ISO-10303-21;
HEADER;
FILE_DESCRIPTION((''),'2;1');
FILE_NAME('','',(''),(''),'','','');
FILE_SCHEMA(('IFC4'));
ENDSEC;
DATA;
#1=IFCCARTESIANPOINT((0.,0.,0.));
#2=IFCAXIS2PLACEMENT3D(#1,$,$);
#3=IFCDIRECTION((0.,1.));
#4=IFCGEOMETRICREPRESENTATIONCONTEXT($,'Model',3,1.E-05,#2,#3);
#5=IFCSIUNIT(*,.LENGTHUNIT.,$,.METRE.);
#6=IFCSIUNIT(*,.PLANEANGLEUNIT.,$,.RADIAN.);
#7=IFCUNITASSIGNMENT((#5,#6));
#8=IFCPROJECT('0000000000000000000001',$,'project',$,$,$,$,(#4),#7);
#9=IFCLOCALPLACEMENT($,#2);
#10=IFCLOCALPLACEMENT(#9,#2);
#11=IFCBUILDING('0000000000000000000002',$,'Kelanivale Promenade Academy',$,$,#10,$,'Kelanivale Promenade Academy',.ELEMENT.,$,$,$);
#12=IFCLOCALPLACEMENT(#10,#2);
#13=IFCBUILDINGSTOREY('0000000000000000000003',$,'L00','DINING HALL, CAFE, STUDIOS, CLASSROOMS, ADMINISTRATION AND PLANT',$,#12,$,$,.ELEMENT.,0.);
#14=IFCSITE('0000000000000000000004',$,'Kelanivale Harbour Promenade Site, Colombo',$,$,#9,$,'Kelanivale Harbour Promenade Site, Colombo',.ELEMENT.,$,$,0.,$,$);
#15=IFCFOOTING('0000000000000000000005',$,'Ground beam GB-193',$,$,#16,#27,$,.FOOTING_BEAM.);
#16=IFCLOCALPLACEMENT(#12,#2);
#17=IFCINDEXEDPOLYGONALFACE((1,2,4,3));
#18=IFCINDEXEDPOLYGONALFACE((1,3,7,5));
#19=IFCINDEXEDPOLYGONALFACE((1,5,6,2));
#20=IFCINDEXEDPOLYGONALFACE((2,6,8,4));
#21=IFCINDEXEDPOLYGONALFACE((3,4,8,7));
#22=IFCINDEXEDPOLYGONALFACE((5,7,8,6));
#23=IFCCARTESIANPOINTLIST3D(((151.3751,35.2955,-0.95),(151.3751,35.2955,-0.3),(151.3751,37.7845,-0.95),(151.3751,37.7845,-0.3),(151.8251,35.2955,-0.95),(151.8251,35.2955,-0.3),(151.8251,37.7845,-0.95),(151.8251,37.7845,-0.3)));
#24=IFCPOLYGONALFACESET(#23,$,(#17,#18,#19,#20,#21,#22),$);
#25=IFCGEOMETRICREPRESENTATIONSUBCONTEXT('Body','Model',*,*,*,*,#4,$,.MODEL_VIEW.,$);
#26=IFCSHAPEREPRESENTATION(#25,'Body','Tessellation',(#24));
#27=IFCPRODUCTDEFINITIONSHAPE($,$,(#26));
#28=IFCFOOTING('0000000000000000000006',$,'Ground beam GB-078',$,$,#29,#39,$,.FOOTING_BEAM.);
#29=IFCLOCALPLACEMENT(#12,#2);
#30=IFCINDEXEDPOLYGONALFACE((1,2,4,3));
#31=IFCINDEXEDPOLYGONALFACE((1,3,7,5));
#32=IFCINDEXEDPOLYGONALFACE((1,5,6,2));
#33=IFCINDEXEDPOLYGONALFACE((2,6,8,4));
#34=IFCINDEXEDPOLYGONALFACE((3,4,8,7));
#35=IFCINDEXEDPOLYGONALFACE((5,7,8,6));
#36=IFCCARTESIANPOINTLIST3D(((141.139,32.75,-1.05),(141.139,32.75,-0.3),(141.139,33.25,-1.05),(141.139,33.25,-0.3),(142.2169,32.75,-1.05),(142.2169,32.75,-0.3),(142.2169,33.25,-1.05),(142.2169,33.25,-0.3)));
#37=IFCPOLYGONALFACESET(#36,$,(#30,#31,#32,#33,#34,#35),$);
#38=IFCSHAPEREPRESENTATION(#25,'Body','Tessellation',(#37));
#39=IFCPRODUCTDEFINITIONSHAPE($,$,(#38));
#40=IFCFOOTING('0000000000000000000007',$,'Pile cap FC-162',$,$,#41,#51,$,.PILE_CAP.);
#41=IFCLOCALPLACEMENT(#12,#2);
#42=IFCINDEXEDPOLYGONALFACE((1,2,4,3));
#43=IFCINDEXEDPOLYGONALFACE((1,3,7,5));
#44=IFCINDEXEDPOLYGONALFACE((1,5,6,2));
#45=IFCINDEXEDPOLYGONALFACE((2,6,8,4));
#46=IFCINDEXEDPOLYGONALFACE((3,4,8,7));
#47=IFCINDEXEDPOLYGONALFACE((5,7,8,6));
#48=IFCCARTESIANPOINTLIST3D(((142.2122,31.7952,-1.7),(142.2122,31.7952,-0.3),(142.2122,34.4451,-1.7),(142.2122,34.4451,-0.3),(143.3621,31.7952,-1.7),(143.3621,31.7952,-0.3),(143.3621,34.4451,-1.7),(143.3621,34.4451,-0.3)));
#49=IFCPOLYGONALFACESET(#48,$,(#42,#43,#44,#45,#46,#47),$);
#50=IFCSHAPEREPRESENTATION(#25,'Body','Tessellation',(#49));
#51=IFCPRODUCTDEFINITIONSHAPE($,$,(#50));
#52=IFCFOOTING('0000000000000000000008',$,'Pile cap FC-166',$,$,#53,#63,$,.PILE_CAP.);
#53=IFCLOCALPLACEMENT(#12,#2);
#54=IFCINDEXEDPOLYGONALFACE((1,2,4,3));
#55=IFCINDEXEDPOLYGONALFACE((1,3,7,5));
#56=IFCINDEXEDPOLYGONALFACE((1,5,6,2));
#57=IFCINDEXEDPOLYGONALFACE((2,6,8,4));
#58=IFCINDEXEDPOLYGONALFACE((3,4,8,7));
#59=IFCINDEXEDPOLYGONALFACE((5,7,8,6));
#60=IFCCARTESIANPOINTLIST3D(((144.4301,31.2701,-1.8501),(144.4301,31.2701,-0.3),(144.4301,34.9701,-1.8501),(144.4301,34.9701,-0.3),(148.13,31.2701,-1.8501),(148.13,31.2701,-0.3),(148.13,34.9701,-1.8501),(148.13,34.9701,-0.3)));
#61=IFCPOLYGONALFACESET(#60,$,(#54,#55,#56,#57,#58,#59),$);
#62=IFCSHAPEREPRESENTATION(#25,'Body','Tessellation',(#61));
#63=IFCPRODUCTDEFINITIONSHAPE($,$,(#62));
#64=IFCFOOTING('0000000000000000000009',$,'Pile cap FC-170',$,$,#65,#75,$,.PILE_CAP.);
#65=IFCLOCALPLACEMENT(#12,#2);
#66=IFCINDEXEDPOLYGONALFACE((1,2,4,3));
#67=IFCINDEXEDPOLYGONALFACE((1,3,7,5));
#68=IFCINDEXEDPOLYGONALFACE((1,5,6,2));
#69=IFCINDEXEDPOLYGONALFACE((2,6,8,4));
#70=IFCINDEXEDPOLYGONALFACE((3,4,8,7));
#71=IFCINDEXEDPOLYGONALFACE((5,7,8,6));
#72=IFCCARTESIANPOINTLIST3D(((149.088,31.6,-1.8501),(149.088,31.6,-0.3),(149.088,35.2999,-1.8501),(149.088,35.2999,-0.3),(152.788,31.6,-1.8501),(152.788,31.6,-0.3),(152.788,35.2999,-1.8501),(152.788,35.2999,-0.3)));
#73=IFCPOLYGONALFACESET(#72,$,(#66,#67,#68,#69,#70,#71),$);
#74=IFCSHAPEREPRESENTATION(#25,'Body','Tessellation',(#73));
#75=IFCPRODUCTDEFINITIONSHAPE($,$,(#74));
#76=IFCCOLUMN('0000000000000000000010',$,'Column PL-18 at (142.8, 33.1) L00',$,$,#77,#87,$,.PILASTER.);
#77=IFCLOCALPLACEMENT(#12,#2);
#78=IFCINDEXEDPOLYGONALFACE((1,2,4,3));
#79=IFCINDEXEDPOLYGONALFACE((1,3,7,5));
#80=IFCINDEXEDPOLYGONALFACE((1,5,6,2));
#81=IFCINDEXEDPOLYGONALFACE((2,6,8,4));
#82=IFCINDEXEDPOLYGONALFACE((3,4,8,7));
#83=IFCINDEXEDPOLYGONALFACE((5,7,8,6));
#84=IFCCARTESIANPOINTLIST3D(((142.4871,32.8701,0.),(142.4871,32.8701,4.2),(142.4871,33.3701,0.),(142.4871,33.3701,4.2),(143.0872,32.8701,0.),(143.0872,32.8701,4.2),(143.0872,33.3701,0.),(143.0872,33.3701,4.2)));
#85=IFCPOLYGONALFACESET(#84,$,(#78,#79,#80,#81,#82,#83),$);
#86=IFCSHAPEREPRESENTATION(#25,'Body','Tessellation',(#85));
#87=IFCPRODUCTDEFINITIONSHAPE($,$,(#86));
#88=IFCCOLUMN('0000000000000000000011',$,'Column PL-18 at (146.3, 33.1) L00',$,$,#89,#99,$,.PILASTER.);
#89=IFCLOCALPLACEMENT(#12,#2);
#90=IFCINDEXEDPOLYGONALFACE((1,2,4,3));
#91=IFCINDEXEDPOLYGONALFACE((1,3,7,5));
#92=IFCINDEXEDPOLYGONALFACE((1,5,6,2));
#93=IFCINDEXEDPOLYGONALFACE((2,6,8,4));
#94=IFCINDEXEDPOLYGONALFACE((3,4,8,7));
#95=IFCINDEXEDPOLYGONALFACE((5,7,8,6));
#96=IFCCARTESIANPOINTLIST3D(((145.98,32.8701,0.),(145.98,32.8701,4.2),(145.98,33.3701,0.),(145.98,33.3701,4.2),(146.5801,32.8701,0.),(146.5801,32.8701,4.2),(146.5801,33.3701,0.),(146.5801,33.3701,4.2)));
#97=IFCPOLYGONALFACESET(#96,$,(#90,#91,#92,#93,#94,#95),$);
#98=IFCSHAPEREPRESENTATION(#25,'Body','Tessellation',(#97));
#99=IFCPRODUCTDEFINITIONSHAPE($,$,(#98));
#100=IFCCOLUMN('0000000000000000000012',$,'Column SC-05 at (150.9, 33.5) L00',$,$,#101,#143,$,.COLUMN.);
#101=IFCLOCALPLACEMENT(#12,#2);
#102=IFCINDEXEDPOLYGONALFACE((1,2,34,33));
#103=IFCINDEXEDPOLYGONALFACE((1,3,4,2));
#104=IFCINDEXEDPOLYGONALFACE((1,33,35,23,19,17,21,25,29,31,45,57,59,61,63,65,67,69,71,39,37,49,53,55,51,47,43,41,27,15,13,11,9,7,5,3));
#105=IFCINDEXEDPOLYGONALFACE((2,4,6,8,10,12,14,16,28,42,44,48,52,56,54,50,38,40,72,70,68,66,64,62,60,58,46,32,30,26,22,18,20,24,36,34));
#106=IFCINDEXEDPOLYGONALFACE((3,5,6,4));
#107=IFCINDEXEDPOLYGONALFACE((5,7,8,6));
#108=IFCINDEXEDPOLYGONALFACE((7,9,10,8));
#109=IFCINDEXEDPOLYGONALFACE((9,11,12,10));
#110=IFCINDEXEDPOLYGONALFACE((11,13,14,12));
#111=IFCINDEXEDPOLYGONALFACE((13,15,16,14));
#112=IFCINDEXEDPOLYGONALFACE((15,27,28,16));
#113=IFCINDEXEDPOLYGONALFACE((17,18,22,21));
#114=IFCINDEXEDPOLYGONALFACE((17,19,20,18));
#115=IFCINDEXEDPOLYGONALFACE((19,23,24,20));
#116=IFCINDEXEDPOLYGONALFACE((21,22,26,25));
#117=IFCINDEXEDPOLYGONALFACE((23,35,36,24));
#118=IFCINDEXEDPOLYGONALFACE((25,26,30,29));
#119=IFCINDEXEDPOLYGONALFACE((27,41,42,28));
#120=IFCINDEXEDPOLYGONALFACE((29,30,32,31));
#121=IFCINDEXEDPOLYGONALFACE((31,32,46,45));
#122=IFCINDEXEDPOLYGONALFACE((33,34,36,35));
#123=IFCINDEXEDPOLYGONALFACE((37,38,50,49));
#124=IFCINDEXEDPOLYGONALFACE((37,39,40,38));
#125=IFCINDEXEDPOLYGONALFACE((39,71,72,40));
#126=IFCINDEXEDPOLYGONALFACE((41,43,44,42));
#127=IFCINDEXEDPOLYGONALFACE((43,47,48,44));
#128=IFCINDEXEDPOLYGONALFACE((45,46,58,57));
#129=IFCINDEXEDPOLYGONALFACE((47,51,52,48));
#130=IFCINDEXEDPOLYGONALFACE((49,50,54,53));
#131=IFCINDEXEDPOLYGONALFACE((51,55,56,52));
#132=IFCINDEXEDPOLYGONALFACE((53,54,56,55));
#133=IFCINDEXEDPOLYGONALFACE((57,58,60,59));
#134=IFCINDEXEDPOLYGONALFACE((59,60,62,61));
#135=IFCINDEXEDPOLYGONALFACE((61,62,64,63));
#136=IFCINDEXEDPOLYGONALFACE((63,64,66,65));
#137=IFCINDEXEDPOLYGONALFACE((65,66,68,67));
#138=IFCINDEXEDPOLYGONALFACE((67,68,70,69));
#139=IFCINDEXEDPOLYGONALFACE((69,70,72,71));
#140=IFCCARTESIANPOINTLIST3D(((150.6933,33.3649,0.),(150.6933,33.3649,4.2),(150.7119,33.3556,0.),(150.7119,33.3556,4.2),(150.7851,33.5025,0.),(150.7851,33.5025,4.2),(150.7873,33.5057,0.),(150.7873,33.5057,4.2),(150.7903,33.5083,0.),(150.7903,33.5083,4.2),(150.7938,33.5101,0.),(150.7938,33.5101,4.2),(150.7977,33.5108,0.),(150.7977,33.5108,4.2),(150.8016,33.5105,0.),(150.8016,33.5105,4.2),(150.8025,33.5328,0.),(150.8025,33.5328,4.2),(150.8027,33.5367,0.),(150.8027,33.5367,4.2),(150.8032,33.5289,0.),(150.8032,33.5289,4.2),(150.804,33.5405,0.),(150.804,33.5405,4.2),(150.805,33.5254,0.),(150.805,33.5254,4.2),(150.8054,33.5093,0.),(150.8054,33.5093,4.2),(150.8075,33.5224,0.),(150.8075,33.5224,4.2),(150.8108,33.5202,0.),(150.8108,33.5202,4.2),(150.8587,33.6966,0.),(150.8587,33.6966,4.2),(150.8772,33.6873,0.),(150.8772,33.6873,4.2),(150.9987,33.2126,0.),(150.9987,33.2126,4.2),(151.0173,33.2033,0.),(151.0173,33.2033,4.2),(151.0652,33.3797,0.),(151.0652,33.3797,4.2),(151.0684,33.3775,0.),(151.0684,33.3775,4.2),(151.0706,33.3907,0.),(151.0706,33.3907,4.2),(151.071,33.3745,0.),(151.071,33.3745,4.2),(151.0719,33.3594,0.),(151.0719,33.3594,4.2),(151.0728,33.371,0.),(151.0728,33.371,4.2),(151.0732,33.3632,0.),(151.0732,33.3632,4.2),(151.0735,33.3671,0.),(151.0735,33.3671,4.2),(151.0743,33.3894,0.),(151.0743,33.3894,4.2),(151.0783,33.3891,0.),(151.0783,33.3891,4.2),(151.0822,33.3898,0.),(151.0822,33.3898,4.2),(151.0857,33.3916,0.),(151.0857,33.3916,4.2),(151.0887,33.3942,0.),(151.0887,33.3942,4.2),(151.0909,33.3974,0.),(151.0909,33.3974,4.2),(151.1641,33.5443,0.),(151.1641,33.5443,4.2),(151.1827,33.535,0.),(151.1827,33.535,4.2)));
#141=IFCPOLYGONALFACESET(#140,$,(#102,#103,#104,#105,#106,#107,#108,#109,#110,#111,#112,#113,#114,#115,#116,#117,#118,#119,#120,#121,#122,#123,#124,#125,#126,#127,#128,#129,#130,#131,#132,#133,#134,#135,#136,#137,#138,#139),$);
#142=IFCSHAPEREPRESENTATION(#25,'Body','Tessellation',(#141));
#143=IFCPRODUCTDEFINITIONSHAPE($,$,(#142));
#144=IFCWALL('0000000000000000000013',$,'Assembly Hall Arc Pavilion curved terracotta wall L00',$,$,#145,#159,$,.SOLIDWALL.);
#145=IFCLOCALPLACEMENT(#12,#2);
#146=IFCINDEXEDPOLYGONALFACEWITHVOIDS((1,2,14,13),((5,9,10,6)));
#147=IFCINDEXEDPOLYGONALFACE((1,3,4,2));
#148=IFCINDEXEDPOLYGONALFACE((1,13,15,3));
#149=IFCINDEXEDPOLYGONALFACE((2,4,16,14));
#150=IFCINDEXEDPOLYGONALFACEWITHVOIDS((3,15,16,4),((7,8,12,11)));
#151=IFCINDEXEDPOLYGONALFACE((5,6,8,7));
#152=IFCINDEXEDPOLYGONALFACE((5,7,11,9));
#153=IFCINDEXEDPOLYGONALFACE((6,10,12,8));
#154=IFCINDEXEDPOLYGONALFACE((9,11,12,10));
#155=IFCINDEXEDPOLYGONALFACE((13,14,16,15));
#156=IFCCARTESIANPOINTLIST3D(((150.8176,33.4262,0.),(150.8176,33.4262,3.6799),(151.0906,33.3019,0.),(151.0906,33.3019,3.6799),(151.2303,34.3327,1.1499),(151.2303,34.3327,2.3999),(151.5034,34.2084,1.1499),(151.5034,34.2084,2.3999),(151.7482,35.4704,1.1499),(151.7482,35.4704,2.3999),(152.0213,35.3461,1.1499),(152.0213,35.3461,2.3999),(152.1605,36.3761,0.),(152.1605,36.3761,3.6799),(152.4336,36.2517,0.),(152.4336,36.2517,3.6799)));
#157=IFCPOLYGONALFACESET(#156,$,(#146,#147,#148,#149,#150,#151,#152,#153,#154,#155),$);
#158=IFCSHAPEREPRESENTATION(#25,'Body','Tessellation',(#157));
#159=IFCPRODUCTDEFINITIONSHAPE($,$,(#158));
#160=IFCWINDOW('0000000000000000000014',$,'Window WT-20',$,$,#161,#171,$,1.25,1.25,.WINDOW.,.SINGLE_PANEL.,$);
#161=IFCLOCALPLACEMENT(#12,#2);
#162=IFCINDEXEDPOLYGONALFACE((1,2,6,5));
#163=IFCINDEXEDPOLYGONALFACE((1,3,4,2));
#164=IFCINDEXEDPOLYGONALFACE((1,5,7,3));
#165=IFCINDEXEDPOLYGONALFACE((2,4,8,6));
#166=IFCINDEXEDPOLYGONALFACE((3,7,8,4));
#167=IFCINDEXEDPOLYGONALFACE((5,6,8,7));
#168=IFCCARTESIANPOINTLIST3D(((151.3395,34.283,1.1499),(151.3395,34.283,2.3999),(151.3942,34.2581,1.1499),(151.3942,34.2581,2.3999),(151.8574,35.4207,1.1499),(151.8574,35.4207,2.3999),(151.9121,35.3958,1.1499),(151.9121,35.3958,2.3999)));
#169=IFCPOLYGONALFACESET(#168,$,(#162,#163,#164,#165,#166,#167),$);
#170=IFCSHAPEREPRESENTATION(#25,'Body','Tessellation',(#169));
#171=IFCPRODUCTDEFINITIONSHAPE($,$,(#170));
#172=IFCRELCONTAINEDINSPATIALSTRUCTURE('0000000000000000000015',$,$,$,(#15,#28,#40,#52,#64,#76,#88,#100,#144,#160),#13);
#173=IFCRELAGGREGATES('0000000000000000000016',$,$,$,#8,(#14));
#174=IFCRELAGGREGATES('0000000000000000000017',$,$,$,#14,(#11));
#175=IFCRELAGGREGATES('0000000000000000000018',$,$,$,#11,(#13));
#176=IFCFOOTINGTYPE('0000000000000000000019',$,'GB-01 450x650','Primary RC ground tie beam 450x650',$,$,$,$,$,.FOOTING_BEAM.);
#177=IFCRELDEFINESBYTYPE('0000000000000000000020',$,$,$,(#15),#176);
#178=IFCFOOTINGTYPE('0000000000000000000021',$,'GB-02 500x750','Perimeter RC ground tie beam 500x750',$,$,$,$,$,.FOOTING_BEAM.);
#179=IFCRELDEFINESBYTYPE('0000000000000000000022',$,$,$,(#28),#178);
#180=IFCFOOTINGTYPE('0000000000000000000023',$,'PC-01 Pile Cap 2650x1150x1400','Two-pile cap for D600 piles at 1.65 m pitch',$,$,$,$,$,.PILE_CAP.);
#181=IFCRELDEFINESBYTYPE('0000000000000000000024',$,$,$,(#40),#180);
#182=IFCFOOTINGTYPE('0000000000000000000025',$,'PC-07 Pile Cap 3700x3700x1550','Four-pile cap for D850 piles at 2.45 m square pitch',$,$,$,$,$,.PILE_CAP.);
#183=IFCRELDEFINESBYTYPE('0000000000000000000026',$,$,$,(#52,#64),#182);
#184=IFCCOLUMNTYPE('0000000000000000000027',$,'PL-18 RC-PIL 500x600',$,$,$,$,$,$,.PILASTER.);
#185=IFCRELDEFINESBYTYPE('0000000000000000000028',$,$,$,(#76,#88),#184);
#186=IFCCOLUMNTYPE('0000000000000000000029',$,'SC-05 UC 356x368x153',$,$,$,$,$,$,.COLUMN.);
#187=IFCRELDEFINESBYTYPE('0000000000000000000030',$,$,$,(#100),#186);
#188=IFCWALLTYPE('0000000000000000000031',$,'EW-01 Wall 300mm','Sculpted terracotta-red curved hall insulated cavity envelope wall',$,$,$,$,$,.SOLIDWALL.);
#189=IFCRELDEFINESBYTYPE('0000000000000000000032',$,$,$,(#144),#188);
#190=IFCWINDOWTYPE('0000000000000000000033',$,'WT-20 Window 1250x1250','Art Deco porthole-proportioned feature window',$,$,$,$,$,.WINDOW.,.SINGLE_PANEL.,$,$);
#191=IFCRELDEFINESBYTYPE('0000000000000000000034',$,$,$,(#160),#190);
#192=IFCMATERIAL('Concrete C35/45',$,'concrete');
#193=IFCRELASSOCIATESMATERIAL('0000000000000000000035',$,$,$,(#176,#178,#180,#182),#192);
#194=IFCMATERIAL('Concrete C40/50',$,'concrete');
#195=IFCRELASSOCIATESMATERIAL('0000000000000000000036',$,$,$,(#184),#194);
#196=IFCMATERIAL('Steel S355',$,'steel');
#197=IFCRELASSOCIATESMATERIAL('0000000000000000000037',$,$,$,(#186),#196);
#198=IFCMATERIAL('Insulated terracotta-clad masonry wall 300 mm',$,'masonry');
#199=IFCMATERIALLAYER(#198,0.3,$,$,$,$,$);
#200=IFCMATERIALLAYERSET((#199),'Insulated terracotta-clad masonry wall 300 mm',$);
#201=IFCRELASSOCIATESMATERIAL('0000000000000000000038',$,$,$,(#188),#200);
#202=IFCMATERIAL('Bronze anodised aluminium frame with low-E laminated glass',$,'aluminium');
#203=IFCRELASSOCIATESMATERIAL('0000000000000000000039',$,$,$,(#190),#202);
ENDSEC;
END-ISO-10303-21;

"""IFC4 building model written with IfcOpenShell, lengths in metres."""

from ifc_helpers import new_model, si_unit, direction, frame, frame_2d, origin, origin_2d, place, context, subcontext, project, spatial, rectangle, i_section, extrude, material, layer, layer_set, material_profile, profile_set, type_object, element, fill, save


model = new_model("IFC4")

# Units and contexts
model_context = context("Model", 3, precision=1e-05, world=origin(), true_north=direction((0.0, 1.0)))
body_context = subcontext(model_context, "Body", "Model", "MODEL_VIEW")
ifc_project = project(units=[si_unit("LENGTHUNIT", "METRE"), si_unit("PLANEANGLEUNIT", "RADIAN")], contexts=[model_context])

# Site, building, storey
site_placement = place(None, origin())
site = spatial("IfcSite", under=ifc_project, at=site_placement, Name="Kelanivale Harbour Promenade Site, Colombo", LongName="Kelanivale Harbour Promenade Site, Colombo", CompositionType="ELEMENT", RefElevation=0.0)
building_placement = place(site_placement, origin())
building = spatial("IfcBuilding", under=site, at=building_placement, Name="Kelanivale Promenade Academy", LongName="Kelanivale Promenade Academy", CompositionType="ELEMENT")
storey_placement = place(building_placement, origin())
storey = spatial("IfcBuildingStorey", under=building, at=storey_placement, Name="L00", Description="DINING HALL, CAFE, STUDIOS, CLASSROOMS, ADMINISTRATION AND PLANT", CompositionType="ELEMENT", Elevation=0.0)

# Shared definitions
ifc_material_1 = material(Name="Concrete C35/45", Category="concrete")

# Footings
footing_type_1 = type_object("IfcFootingType", Name="GB-01 450x650", Description="Primary RC ground tie beam 450x650", PredefinedType="FOOTING_BEAM", material=ifc_material_1)
footing_1_placement = place(storey_placement, frame((151.6001, 36.54, -0.95), z_axis=(0.0, 0.0, 1.0), x_axis=(0.0, 1.0, 0.0)))
element("IfcFooting", 1, at=footing_1_placement, inside=storey, type_object=footing_type_1, Name="Ground beam GB-193", PredefinedType="FOOTING_BEAM", context=body_context, shape_type="SweptSolid", body=[
    extrude(rectangle(XDim=2.489, YDim=0.45, at=origin_2d()), origin(), (0.0, 0.0, 1.0), 0.6499),
])
footing_type_2 = type_object("IfcFootingType", Name="GB-02 500x750", Description="Perimeter RC ground tie beam 500x750", PredefinedType="FOOTING_BEAM", material=ifc_material_1)
footing_2_placement = place(storey_placement, frame((141.678, 33.0, -1.05), z_axis=(0.0, 0.0, 1.0), x_axis=(1.0, 0.0, 0.0)))
element("IfcFooting", 2, at=footing_2_placement, inside=storey, type_object=footing_type_2, Name="Ground beam GB-078", PredefinedType="FOOTING_BEAM", context=body_context, shape_type="SweptSolid", body=[
    extrude(rectangle(XDim=1.0779, YDim=0.5, at=origin_2d()), origin(), (0.0, 0.0, 1.0), 0.75),
])
footing_type_3 = type_object("IfcFootingType", Name="PC-01 Pile Cap 2650x1150x1400", Description="Two-pile cap for D600 piles at 1.65 m pitch", PredefinedType="PILE_CAP", material=ifc_material_1)
footing_3_placement = place(storey_placement, frame((142.7871, 33.1201, -1.7), z_axis=(0.0, 0.0, 1.0), x_axis=(0.0, 1.0, 0.0)))
element("IfcFooting", 3, at=footing_3_placement, inside=storey, type_object=footing_type_3, Name="Pile cap FC-162", PredefinedType="PILE_CAP", context=body_context, shape_type="SweptSolid", body=[
    extrude(rectangle(XDim=2.6499, YDim=1.1499, at=origin_2d()), origin(), (0.0, 0.0, 1.0), 1.3999),
])
footing_type_4 = type_object("IfcFootingType", Name="PC-07 Pile Cap 3700x3700x1550", Description="Four-pile cap for D850 piles at 2.45 m square pitch", PredefinedType="PILE_CAP", material=ifc_material_1)
for number, where, z_axis, x_axis, name in (
    (4, (146.28, 33.1201, -1.8501), (0.0, 0.0, 1.0), (1.0, 0.0, 0.0), "Pile cap FC-166"),
    (5, (150.938, 33.45, -1.8501), (0.0, 0.0, 1.0), (1.0, 0.0, 0.0), "Pile cap FC-170"),
):
    element("IfcFooting", number, at=place(storey_placement, frame(where, z_axis=z_axis, x_axis=x_axis)), inside=storey, type_object=footing_type_4, Name=name, PredefinedType="PILE_CAP", context=body_context, shape_type="SweptSolid", body=[
        extrude(rectangle(XDim=3.7, YDim=3.7, at=origin_2d()), origin(), (0.0, 0.0, 1.0), 1.55),
    ])

# Columns
ifc_material_2 = material(Name="Concrete C40/50", Category="concrete")
ifc_material_profile_1 = material_profile(ifc_material_2, rectangle(XDim=0.5, YDim=0.6001, at=origin_2d()), Name="RC-PIL 500x600")
ifc_profile_set_1 = profile_set([ifc_material_profile_1], Name="Concrete C40/50")
column_type_1 = type_object("IfcColumnType", Name="PL-18 RC-PIL 500x600", PredefinedType="PILASTER", material=ifc_profile_set_1)
for number, where, z_axis, x_axis, name in (
    (6, (142.7871, 33.1201, 0.0), (0.0, 0.0, 1.0), (0.0, 1.0, 0.0), "Column PL-18 at (142.8, 33.1) L00"),
    (7, (146.28, 33.1201, 0.0), (0.0, 0.0, 1.0), (0.0, 1.0, 0.0), "Column PL-18 at (146.3, 33.1) L00"),
):
    element("IfcColumn", number, at=place(storey_placement, frame(where, z_axis=z_axis, x_axis=x_axis)), inside=storey, type_object=column_type_1, Name=name, PredefinedType="PILASTER", context=body_context, shape_type="SweptSolid", body=[
        extrude(rectangle(XDim=0.5, YDim=0.6001, at=origin_2d()), origin(), (0.0, 0.0, 1.0), 4.2),
    ])
ifc_material_3 = material(Name="Steel S355", Category="steel")
ifc_material_profile_2 = material_profile(ifc_material_3, i_section(OverallWidth=0.3706, OverallDepth=0.3621, WebThickness=0.0122, FlangeThickness=0.0208, FilletRadius=0.0151, at=origin_2d()), Name="UC 356x368x153")
ifc_profile_set_2 = profile_set([ifc_material_profile_2], Name="Steel S355")
column_type_2 = type_object("IfcColumnType", Name="SC-05 UC 356x368x153", PredefinedType="COLUMN", material=ifc_profile_set_2)
column_placement = place(storey_placement, frame((150.938, 33.45, 0.0), z_axis=(0.0, 0.0, 1.0), x_axis=(0.446198, 0.894934, 0.0)))
element("IfcColumn", 8, at=column_placement, inside=storey, type_object=column_type_2, Name="Column SC-05 at (150.9, 33.5) L00", PredefinedType="COLUMN", context=body_context, shape_type="SweptSolid", body=[
    extrude(i_section(OverallWidth=0.3706, OverallDepth=0.3621, WebThickness=0.0122, FlangeThickness=0.0208, FilletRadius=0.0151, at=origin_2d()), origin(), (0.0, 0.0, 1.0), 4.2),
])

# Wall, opening, window
ifc_material_4 = material(Name="Insulated terracotta-clad masonry wall 300 mm", Category="masonry")
ifc_layer = layer(ifc_material_4, 0.3)
ifc_layer_set = layer_set([ifc_layer], Name="Insulated terracotta-clad masonry wall 300 mm")
wall_type = type_object("IfcWallType", Name="EW-01 Wall 300mm", Description="Sculpted terracotta-red curved hall insulated cavity envelope wall", PredefinedType="SOLIDWALL", material=ifc_layer_set)
wall_placement = place(storey_placement, frame((150.9541, 33.364, 0.0), z_axis=(0.0, 0.0, 1.0), x_axis=(0.414348, 0.910119, 0.0)))
wall = element("IfcWall", 9, at=wall_placement, inside=storey, type_object=wall_type, Name="Assembly Hall Arc Pavilion curved terracotta wall L00", PredefinedType="SOLIDWALL", context=body_context, shape_type="SweptSolid", body=[
    extrude(rectangle(XDim=3.2412, YDim=0.3, at=frame_2d((1.6206, 0.0))), origin(), (0.0, 0.0, 1.0), 3.6799),
])
opening_placement = place(wall_placement, frame((0.9961, 0.0, 1.1499)))
opening = element("IfcOpeningElement", 10, at=opening_placement, cuts=wall, PredefinedType="OPENING", context=body_context, shape_type="SweptSolid", body=[
    extrude(rectangle(XDim=1.25, YDim=1.25, at=frame_2d((0.625, 0.625))), frame((0.0, 0.1602, 0.0), z_axis=(0.0, -1.0, 0.0), x_axis=(1.0, 0.0, 0.0)), (0.0, 0.0, 1.0), 0.3201),
])
ifc_material_5 = material(Name="Bronze anodised aluminium frame with low-E laminated glass", Category="aluminium")
window_type = type_object("IfcWindowType", Name="WT-20 Window 1250x1250", Description="Art Deco porthole-proportioned feature window", PartitioningType="SINGLE_PANEL", PredefinedType="WINDOW", material=ifc_material_5)
window_placement = place(opening_placement, origin())
window = element("IfcWindow", 11, at=window_placement, inside=storey, type_object=window_type, Name="Window WT-20", OverallHeight=1.25, OverallWidth=1.25, PartitioningType="SINGLE_PANEL", PredefinedType="WINDOW", context=body_context, shape_type="SweptSolid", body=[
    extrude(rectangle(XDim=1.25, YDim=1.25, at=frame_2d((0.625, 0.625))), frame((0.0, 0.03, 0.0), z_axis=(0.0, -1.0, 0.0), x_axis=(1.0, 0.0, 0.0)), (0.0, 0.0, 1.0), 0.0601),
])
fill(opening, window)

save(model, "model.ifc")
